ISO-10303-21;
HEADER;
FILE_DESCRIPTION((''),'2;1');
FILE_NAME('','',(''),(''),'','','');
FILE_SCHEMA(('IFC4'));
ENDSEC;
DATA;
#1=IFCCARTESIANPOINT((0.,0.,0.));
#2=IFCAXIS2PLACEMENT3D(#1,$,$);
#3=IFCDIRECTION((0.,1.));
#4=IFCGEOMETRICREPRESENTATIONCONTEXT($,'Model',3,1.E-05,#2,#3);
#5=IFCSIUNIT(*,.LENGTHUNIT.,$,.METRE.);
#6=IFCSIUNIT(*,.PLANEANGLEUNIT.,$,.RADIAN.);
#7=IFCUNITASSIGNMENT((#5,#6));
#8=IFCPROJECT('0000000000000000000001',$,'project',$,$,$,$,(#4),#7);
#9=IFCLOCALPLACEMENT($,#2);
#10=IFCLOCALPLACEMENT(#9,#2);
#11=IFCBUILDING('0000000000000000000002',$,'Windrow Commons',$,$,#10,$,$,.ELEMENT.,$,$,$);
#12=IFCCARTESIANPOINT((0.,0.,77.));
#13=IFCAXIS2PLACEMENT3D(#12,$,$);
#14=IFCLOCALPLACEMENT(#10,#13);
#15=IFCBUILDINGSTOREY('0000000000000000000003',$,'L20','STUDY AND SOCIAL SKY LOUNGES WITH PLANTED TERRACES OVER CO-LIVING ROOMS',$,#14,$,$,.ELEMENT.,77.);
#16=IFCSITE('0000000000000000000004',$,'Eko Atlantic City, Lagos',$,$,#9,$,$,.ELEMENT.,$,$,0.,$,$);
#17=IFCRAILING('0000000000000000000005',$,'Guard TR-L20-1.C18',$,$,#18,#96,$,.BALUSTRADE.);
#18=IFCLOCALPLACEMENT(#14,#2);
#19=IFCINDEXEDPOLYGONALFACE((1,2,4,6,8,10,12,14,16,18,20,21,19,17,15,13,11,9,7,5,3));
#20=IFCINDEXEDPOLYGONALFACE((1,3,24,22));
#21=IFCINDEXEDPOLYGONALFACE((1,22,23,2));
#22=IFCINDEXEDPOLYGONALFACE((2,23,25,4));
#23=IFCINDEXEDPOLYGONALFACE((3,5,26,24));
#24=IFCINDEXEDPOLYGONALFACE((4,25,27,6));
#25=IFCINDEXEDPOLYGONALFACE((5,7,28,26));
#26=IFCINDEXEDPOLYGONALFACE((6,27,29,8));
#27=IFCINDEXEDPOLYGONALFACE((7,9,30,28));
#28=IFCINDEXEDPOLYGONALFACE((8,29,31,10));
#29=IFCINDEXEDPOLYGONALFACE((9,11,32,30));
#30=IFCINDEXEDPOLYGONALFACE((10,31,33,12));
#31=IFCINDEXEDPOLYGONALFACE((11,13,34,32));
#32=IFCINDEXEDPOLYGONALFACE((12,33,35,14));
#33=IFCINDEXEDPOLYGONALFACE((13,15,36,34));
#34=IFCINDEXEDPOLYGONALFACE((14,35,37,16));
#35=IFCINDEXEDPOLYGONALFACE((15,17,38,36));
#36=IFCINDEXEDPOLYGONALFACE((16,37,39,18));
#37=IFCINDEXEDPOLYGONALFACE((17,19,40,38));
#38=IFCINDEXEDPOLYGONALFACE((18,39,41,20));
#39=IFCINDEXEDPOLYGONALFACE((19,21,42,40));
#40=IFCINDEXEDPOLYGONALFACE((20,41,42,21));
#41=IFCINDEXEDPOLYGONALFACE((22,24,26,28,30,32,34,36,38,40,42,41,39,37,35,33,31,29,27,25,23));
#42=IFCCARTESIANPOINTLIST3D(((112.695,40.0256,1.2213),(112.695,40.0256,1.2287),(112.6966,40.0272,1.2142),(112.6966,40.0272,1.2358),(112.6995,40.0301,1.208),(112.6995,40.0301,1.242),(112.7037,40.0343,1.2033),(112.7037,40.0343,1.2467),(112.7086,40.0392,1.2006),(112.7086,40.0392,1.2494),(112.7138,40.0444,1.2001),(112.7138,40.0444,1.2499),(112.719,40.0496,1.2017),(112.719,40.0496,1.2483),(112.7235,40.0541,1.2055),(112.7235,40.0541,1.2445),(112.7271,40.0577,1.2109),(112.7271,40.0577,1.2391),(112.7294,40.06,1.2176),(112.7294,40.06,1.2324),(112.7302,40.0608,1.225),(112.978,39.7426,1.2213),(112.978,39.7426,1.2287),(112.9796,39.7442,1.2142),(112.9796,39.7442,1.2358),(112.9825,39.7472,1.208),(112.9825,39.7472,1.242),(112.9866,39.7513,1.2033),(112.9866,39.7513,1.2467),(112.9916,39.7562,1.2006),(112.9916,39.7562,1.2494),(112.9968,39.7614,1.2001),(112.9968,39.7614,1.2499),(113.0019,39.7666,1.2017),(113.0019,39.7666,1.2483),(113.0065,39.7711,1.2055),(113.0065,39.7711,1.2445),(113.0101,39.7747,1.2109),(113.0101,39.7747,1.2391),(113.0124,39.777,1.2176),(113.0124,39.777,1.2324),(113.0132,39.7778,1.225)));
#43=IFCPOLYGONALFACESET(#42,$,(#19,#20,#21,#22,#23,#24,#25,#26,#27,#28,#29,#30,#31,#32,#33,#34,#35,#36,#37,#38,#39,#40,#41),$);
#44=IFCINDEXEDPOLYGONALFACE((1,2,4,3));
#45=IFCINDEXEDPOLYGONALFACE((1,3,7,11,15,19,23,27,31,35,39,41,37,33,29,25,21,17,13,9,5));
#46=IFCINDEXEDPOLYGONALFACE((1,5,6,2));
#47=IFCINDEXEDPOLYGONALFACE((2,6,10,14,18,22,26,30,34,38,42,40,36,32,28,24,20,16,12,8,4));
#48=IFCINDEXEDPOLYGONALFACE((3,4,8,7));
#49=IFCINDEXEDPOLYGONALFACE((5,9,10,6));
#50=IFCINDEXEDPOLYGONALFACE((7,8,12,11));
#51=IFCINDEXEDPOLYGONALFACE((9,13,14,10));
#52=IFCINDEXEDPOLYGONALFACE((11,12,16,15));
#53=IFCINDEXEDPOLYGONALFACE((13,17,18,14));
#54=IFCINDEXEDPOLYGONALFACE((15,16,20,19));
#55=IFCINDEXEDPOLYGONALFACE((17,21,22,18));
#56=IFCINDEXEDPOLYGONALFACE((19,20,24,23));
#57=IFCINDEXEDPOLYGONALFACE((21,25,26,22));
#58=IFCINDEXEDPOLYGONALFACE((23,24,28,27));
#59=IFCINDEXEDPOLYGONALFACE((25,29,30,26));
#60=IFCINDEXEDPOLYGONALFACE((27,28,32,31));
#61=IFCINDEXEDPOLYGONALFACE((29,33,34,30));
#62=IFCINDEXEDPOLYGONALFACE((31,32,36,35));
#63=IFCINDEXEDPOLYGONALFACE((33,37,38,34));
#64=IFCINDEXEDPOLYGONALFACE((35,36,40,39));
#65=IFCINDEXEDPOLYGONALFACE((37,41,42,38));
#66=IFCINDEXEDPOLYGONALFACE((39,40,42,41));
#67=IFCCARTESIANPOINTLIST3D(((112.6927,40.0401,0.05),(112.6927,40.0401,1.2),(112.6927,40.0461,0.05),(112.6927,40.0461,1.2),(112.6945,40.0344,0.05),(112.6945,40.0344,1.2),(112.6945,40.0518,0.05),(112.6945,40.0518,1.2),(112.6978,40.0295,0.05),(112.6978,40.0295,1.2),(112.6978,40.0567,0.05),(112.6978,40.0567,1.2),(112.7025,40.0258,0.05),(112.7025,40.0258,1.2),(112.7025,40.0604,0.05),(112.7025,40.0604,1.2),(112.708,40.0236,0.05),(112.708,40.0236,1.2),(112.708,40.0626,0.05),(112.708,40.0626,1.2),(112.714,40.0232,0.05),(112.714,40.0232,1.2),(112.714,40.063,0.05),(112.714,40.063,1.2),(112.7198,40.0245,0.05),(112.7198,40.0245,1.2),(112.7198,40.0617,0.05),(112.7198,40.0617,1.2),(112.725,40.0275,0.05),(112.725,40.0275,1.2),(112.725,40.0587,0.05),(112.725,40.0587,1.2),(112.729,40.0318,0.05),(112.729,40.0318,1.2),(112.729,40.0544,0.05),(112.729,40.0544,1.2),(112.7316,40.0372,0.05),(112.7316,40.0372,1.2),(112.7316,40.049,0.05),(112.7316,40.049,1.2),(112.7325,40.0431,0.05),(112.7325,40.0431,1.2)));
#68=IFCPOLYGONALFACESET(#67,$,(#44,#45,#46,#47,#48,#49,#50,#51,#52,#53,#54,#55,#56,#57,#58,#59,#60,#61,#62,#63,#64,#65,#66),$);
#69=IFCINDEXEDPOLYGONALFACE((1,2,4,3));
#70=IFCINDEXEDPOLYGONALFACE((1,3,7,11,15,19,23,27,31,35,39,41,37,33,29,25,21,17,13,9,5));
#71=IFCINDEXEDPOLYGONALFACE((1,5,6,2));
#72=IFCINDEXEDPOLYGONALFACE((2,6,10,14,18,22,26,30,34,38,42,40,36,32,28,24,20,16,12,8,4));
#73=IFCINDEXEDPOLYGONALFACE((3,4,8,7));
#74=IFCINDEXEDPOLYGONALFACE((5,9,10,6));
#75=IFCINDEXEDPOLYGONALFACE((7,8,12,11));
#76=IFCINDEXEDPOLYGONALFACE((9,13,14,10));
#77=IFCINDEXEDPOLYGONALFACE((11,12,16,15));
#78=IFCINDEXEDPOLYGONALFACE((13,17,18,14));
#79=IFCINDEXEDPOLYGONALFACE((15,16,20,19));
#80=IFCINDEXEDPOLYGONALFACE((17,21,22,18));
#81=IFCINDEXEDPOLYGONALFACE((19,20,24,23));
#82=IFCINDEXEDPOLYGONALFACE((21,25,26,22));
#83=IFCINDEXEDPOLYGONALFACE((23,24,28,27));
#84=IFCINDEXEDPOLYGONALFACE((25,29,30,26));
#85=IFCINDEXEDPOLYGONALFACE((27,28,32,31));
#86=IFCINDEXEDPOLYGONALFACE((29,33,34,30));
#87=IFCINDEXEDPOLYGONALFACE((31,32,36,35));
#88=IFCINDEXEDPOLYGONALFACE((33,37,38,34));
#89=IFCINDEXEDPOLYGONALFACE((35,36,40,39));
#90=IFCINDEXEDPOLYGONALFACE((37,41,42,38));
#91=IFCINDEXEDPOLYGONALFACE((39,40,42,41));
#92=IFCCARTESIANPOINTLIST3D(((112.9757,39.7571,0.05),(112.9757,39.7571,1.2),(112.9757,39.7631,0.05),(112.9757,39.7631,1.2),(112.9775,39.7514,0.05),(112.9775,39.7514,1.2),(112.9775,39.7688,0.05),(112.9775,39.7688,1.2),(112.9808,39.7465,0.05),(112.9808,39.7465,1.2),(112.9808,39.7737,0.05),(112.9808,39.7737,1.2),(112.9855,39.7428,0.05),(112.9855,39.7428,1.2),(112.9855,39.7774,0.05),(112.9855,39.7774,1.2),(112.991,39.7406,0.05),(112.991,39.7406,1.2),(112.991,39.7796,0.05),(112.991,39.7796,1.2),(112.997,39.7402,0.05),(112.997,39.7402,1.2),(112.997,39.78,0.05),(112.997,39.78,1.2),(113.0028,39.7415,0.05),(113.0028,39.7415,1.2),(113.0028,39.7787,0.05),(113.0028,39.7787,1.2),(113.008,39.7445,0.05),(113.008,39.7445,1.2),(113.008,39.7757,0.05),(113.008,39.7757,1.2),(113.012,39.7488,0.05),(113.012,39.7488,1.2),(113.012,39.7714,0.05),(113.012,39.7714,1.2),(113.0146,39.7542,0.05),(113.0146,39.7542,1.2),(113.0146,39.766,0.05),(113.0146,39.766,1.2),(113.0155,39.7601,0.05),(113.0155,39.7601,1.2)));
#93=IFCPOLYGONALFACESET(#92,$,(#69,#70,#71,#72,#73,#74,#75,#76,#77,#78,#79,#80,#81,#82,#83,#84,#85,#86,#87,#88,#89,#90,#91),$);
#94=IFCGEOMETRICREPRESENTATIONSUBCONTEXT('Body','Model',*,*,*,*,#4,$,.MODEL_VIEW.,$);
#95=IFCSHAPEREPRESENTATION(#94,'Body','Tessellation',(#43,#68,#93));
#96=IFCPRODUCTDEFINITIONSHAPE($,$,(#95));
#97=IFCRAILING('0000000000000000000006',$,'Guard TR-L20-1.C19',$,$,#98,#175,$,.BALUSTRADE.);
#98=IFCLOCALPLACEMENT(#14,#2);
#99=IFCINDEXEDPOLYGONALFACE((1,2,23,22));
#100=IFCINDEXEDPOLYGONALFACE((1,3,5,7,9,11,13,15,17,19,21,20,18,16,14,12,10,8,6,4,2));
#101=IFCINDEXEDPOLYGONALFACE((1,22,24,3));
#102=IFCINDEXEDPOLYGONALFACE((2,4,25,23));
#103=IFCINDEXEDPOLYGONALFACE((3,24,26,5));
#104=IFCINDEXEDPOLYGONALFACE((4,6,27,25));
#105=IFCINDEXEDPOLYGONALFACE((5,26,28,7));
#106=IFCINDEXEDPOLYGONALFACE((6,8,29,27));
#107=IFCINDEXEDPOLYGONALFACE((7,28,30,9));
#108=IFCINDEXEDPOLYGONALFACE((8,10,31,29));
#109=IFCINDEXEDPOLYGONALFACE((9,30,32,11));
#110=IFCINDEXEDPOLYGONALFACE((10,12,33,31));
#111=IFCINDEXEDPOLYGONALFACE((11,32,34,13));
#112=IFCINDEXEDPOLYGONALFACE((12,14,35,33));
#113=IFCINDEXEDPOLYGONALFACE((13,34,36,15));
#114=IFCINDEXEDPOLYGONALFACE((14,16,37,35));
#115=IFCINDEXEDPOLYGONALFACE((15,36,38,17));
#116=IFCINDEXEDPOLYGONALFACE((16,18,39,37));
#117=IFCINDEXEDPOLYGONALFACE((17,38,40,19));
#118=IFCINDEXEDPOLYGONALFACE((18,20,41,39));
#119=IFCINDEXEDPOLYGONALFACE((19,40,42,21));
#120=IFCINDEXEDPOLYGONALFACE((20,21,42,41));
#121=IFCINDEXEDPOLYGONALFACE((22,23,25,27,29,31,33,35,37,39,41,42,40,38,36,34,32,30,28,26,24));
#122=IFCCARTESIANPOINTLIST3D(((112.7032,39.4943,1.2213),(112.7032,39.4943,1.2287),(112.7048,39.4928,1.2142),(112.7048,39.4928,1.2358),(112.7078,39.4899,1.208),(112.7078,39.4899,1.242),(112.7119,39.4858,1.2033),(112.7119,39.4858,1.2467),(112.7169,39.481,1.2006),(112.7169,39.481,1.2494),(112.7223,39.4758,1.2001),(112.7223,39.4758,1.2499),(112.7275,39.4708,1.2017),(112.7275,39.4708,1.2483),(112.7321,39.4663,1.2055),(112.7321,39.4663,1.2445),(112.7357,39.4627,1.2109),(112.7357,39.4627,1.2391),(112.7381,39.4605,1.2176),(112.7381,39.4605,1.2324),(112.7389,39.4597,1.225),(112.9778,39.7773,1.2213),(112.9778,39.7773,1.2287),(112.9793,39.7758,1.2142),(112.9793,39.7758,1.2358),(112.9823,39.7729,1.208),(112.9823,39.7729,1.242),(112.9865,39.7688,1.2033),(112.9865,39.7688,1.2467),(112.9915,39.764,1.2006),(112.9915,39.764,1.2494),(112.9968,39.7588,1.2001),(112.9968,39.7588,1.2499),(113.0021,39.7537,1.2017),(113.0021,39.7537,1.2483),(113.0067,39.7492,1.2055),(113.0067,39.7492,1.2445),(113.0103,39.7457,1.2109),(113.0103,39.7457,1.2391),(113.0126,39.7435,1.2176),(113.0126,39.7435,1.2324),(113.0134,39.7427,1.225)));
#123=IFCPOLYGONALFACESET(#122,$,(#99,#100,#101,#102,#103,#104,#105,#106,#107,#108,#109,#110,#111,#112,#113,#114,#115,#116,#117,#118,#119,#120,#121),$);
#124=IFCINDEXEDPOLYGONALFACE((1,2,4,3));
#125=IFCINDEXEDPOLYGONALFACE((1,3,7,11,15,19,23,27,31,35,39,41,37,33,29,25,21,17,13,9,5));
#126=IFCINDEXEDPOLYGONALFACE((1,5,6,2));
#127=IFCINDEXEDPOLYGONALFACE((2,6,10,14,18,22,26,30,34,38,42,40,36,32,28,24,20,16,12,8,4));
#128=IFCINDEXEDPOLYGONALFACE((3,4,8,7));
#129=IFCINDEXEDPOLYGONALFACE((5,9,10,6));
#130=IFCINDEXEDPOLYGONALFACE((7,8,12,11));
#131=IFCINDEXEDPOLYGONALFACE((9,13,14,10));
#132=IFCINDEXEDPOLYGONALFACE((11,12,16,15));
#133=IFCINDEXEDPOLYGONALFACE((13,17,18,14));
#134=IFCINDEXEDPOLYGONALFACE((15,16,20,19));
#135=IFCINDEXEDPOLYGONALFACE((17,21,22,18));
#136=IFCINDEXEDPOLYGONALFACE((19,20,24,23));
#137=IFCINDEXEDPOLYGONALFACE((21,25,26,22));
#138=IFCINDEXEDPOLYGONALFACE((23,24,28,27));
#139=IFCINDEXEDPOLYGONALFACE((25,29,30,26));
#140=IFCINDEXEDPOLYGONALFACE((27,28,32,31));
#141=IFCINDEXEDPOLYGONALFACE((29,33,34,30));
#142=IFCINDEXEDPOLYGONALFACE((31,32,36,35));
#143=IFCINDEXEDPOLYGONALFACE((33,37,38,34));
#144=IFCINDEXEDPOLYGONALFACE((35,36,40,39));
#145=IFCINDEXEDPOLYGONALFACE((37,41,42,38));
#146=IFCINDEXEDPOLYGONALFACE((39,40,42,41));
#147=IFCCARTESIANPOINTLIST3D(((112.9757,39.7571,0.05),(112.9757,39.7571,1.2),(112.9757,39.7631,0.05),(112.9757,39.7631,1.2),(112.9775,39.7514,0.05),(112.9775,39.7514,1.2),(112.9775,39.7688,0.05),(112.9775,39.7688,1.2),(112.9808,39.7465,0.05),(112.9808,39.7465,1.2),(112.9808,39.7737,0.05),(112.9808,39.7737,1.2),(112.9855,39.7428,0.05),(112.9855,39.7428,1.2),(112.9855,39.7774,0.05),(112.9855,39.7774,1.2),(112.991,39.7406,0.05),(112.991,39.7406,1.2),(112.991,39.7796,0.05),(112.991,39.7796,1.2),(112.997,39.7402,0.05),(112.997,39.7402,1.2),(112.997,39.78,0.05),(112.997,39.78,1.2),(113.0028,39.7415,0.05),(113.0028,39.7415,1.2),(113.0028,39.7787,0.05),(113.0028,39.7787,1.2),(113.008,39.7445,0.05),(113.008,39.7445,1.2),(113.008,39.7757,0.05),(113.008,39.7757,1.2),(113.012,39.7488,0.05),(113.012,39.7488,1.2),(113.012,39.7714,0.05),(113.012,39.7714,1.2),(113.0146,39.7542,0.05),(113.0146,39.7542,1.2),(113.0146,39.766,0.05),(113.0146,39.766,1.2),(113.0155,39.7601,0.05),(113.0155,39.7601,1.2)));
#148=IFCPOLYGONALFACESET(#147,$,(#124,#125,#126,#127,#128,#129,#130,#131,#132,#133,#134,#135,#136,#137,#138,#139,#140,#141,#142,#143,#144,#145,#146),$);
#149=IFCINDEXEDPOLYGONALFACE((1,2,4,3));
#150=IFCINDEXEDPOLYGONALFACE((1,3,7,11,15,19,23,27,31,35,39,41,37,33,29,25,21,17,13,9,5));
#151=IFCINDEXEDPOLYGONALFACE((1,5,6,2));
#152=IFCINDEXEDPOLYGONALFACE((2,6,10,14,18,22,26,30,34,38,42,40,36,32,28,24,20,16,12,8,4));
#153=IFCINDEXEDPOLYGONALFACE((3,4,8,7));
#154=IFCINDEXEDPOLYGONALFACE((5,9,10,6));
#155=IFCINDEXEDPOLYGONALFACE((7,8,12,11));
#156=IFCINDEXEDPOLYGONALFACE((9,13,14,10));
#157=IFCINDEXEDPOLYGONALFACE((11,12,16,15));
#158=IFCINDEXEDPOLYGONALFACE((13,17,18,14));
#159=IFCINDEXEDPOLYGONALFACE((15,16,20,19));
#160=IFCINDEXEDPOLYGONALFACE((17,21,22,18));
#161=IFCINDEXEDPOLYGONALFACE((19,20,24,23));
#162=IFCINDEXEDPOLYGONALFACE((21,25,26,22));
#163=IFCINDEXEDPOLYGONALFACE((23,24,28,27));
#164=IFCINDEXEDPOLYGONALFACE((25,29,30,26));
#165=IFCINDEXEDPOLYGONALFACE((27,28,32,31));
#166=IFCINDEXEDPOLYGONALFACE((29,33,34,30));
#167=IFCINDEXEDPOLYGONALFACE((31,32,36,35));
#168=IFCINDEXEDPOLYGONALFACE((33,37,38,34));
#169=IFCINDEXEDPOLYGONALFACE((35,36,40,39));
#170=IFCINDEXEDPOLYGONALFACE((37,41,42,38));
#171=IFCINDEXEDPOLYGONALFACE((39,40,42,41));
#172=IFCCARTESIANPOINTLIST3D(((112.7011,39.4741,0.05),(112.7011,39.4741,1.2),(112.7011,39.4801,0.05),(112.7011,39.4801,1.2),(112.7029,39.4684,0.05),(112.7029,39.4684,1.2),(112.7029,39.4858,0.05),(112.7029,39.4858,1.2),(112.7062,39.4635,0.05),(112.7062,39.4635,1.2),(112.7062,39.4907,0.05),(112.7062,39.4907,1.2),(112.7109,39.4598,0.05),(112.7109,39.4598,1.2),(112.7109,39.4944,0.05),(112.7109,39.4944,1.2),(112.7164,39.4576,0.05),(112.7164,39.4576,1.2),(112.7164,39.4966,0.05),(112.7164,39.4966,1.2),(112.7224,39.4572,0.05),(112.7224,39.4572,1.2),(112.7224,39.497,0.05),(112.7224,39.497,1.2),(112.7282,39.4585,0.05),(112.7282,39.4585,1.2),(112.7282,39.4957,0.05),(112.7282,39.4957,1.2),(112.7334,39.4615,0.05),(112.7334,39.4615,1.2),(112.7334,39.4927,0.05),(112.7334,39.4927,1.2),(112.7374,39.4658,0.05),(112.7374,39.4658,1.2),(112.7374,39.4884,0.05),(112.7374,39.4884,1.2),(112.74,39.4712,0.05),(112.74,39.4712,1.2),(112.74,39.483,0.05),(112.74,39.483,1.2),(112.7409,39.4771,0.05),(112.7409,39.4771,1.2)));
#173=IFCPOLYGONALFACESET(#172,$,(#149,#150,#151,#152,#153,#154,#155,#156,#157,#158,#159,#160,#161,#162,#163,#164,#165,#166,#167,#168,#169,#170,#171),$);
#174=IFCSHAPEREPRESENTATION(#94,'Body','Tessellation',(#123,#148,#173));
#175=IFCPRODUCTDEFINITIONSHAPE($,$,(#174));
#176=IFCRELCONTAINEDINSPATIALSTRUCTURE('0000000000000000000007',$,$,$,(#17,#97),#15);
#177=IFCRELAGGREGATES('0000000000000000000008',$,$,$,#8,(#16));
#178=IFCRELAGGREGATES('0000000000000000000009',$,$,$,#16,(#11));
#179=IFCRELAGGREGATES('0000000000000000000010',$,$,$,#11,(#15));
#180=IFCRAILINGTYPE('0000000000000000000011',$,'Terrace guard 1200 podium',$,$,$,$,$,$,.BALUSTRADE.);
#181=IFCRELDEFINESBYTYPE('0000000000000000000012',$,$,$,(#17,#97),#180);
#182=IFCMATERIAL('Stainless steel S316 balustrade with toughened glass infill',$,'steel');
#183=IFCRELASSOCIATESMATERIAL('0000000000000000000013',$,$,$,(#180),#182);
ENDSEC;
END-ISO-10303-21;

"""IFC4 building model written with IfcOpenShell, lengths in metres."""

from ifc_helpers import new_model, si_unit, direction, frame, origin, origin_2d, place, context, subcontext, project, spatial, circle, extrude, material, type_object, element, save


model = new_model("IFC4")

# Units and contexts
model_context = context("Model", 3, precision=1e-05, world=origin(), true_north=direction((0.0, 1.0)))
body_context = subcontext(model_context, "Body", "Model", "MODEL_VIEW")
ifc_project = project(units=[si_unit("LENGTHUNIT", "METRE"), si_unit("PLANEANGLEUNIT", "RADIAN")], contexts=[model_context])

# Site, building, storey
site_placement = place(None, origin())
site = spatial("IfcSite", under=ifc_project, at=site_placement, Name="Eko Atlantic City, Lagos", CompositionType="ELEMENT", RefElevation=0.0)
building_placement = place(site_placement, origin())
building = spatial("IfcBuilding", under=site, at=building_placement, Name="Windrow Commons", CompositionType="ELEMENT")
storey_placement = place(building_placement, frame((0.0, 0.0, 77.0)))
storey = spatial("IfcBuildingStorey", under=building, at=storey_placement, Name="L20", Description="STUDY AND SOCIAL SKY LOUNGES WITH PLANTED TERRACES OVER CO-LIVING ROOMS", CompositionType="ELEMENT", Elevation=77.0)

# Railings
ifc_material_1 = material(Name="Stainless steel S316 balustrade with toughened glass infill", Category="steel")
railing_type = type_object("IfcRailingType", Name="Terrace guard 1200 podium", PredefinedType="BALUSTRADE", material=ifc_material_1)
railing_1_placement = place(storey_placement, frame((112.7125, 40.0431, 0.05)))
element("IfcRailing", 1, at=railing_1_placement, inside=storey, type_object=railing_type, Name="Guard TR-L20-1.C18", PredefinedType="BALUSTRADE", context=body_context, shape_type="SweptSolid", body=[
    extrude(circle(Radius=0.025, at=origin_2d()), frame((0.0, 0.0, 1.175), z_axis=(0.707107, -0.707107, 0.0), x_axis=(0.707107, 0.707107, 0.0)), (0.0, 0.0, 1.0), 0.4002),
    extrude(circle(Radius=0.02, at=origin_2d()), origin(), (0.0, 0.0, 1.0), 1.15),
    extrude(circle(Radius=0.02, at=origin_2d()), frame((0.283, -0.283, 0.0)), (0.0, 0.0, 1.0), 1.15),
])
railing_2_placement = place(storey_placement, frame((112.9955, 39.7601, 0.05)))
element("IfcRailing", 2, at=railing_2_placement, inside=storey, type_object=railing_type, Name="Guard TR-L20-1.C19", PredefinedType="BALUSTRADE", context=body_context, shape_type="SweptSolid", body=[
    extrude(circle(Radius=0.025, at=origin_2d()), frame((0.0, 0.0, 1.175), z_axis=(-0.696376, -0.717678, 0.0), x_axis=(0.717678, -0.696376, 0.0)), (0.0, 0.0, 1.0), 0.3943),
    extrude(circle(Radius=0.02, at=origin_2d()), origin(), (0.0, 0.0, 1.0), 1.15),
    extrude(circle(Radius=0.02, at=origin_2d()), frame((-0.2746, -0.283, 0.0)), (0.0, 0.0, 1.0), 1.15),
])

save(model, "model.ifc")
